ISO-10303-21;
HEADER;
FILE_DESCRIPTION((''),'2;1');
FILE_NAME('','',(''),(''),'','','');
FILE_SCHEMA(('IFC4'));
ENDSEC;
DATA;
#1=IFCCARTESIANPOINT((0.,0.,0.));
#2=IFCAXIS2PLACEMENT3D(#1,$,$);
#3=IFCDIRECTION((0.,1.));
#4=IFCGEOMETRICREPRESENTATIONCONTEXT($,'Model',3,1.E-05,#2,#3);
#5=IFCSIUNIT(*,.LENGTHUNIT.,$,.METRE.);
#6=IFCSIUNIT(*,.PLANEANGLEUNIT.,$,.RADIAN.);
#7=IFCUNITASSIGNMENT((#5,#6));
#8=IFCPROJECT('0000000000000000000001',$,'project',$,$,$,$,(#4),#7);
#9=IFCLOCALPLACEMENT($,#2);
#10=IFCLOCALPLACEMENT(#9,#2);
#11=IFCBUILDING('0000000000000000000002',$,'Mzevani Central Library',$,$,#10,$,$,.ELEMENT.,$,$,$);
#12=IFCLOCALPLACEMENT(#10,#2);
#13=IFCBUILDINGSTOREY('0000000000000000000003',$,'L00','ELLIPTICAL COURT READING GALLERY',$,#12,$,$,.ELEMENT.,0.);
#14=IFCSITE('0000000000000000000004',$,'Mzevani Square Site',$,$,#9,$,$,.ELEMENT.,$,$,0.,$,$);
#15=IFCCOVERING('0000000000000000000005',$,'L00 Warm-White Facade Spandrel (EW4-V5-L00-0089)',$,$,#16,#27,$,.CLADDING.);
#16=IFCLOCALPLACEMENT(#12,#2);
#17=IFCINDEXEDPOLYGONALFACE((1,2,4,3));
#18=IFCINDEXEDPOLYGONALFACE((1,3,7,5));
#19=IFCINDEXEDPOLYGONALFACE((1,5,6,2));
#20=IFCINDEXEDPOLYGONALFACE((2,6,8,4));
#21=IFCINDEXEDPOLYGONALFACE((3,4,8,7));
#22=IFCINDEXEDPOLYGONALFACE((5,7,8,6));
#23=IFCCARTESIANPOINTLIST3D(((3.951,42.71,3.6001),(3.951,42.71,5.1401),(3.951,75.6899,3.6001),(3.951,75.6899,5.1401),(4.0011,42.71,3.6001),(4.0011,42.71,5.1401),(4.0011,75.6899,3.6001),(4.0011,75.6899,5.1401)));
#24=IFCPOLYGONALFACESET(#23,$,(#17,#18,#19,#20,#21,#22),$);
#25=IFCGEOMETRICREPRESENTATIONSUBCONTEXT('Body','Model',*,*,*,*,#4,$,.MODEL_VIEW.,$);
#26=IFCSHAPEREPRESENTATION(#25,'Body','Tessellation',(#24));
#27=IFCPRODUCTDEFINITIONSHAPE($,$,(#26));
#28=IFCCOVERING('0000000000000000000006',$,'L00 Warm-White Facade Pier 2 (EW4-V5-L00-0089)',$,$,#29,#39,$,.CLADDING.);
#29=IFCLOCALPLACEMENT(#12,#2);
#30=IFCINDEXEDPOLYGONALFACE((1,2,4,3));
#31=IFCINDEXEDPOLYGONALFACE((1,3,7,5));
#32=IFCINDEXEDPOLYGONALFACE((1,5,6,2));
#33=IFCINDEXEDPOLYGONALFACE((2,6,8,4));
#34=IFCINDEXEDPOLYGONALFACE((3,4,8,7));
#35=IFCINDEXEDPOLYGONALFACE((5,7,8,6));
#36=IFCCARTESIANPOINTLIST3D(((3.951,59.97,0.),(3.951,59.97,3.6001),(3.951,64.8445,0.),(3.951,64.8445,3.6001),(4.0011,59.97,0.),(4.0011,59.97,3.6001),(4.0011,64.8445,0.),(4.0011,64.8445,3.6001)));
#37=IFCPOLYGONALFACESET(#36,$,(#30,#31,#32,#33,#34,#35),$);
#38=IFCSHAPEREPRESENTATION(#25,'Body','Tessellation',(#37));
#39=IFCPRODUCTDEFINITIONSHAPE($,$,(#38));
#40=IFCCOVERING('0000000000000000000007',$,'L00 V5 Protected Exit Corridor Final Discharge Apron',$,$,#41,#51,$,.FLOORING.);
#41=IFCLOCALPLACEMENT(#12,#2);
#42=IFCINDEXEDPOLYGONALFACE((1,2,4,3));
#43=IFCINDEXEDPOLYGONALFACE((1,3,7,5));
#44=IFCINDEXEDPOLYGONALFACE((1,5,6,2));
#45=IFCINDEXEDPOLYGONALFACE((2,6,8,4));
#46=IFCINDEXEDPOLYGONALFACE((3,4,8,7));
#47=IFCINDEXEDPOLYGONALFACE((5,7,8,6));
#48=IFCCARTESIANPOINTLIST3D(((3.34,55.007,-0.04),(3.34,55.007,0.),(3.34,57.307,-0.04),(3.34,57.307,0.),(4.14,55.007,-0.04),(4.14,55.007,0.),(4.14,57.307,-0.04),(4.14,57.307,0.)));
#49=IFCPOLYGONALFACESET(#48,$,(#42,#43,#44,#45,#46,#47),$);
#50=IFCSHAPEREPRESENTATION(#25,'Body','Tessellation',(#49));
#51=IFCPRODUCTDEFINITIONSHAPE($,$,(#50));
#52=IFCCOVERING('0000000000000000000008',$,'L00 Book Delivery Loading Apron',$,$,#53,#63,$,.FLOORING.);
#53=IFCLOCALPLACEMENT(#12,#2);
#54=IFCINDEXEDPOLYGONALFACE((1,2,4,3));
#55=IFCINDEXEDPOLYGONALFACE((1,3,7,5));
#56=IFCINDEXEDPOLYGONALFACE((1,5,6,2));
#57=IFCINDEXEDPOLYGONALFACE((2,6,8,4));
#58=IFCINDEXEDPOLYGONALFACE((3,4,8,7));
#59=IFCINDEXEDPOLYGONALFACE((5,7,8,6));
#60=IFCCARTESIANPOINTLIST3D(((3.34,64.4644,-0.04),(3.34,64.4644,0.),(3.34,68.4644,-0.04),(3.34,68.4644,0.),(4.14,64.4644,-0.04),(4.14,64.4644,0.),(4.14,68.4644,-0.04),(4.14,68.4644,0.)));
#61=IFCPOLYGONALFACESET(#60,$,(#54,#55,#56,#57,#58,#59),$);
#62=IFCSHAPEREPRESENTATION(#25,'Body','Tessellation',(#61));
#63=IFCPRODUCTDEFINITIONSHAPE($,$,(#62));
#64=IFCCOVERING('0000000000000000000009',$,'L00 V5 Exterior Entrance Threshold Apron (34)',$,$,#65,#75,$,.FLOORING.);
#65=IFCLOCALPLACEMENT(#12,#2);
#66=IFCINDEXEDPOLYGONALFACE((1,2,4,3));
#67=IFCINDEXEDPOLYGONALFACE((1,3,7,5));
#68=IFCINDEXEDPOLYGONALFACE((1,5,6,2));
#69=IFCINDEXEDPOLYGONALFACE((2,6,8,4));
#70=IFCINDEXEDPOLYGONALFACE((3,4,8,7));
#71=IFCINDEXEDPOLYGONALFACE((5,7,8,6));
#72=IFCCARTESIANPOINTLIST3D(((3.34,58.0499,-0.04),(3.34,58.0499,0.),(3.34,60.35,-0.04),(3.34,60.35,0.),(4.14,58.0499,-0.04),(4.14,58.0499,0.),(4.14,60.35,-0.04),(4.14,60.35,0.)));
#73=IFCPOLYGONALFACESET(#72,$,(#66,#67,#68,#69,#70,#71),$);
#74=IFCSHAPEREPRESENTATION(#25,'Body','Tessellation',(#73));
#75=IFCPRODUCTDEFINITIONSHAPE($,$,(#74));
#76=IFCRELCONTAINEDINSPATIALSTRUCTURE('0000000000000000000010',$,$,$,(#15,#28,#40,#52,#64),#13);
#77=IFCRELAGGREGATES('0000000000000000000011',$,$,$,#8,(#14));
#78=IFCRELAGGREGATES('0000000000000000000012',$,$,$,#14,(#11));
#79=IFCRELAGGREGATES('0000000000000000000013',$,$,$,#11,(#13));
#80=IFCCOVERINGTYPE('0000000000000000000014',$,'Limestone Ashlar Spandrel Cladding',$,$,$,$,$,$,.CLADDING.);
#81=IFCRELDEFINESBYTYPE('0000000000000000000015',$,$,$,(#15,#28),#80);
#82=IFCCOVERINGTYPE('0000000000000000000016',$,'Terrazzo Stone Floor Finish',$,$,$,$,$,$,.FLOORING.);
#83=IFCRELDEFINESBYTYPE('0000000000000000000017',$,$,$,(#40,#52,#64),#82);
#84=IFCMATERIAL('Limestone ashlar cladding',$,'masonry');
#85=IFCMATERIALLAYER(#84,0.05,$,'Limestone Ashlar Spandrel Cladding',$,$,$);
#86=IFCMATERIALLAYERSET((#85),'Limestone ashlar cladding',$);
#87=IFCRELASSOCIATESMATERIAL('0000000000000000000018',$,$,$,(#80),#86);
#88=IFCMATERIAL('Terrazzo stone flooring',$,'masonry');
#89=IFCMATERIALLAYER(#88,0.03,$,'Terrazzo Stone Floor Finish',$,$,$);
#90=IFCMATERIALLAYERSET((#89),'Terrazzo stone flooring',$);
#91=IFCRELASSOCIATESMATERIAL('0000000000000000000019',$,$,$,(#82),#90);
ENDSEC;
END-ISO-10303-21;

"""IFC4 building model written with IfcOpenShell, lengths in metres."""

from ifc_helpers import new_model, si_unit, direction, frame, origin, origin_2d, place, context, subcontext, project, spatial, rectangle, extrude, material, layer, layer_set, type_object, element, save


model = new_model("IFC4")

# Units and contexts
model_context = context("Model", 3, precision=1e-05, world=origin(), true_north=direction((0.0, 1.0)))
body_context = subcontext(model_context, "Body", "Model", "MODEL_VIEW")
ifc_project = project(units=[si_unit("LENGTHUNIT", "METRE"), si_unit("PLANEANGLEUNIT", "RADIAN")], contexts=[model_context])

# Site, building, storey
site_placement = place(None, origin())
site = spatial("IfcSite", under=ifc_project, at=site_placement, Name="Mzevani Square Site", CompositionType="ELEMENT", RefElevation=0.0)
building_placement = place(site_placement, origin())
building = spatial("IfcBuilding", under=site, at=building_placement, Name="Mzevani Central Library", CompositionType="ELEMENT")
storey_placement = place(building_placement, origin())
storey = spatial("IfcBuildingStorey", under=building, at=storey_placement, Name="L00", Description="ELLIPTICAL COURT READING GALLERY", CompositionType="ELEMENT", Elevation=0.0)

# Coverings
ifc_material_1 = material(Name="Limestone ashlar cladding", Category="masonry")
ifc_layer_1 = layer(ifc_material_1, 0.05, Name="Limestone Ashlar Spandrel Cladding")
ifc_layer_set_1 = layer_set([ifc_layer_1], Name="Limestone ashlar cladding")
covering_type_1 = type_object("IfcCoveringType", Name="Limestone Ashlar Spandrel Cladding", PredefinedType="CLADDING", material=ifc_layer_set_1)
covering_1_placement = place(storey_placement, frame((3.9761, 59.2, 3.6001), z_axis=(0.0, 0.0, 1.0), x_axis=(0.0, 1.0, 0.0)))
element("IfcCovering", 1, at=covering_1_placement, inside=storey, type_object=covering_type_1, Name="L00 Warm-White Facade Spandrel (EW4-V5-L00-0089)", PredefinedType="CLADDING", context=body_context, shape_type="SweptSolid", body=[
    extrude(rectangle(XDim=32.98, YDim=0.05, at=origin_2d()), origin(), (0.0, 0.0, 1.0), 1.54),
])
covering_2_placement = place(storey_placement, frame((3.9761, 62.4072, 0.0), z_axis=(0.0, 0.0, 1.0), x_axis=(0.0, 1.0, 0.0)))
element("IfcCovering", 2, at=covering_2_placement, inside=storey, type_object=covering_type_1, Name="L00 Warm-White Facade Pier 2 (EW4-V5-L00-0089)", PredefinedType="CLADDING", context=body_context, shape_type="SweptSolid", body=[
    extrude(rectangle(XDim=4.8745, YDim=0.05, at=origin_2d()), origin(), (0.0, 0.0, 1.0), 3.6001),
])
ifc_material_2 = material(Name="Terrazzo stone flooring", Category="masonry")
ifc_layer_2 = layer(ifc_material_2, 0.03, Name="Terrazzo Stone Floor Finish")
ifc_layer_set_2 = layer_set([ifc_layer_2], Name="Terrazzo stone flooring")
covering_type_2 = type_object("IfcCoveringType", Name="Terrazzo Stone Floor Finish", PredefinedType="FLOORING", material=ifc_layer_set_2)
covering_3_placement = place(storey_placement, frame((3.74, 56.157, -0.04), z_axis=(0.0, 0.0, 1.0), x_axis=(0.0, 1.0, 0.0)))
element("IfcCovering", 3, at=covering_3_placement, inside=storey, type_object=covering_type_2, Name="L00 V5 Protected Exit Corridor Final Discharge Apron", PredefinedType="FLOORING", context=body_context, shape_type="SweptSolid", body=[
    extrude(rectangle(XDim=2.3, YDim=0.8, at=origin_2d()), origin(), (0.0, 0.0, 1.0), 0.04),
])
covering_4_placement = place(storey_placement, frame((3.74, 66.4644, -0.04), z_axis=(0.0, 0.0, 1.0), x_axis=(0.0, 1.0, 0.0)))
element("IfcCovering", 4, at=covering_4_placement, inside=storey, type_object=covering_type_2, Name="L00 Book Delivery Loading Apron", PredefinedType="FLOORING", context=body_context, shape_type="SweptSolid", body=[
    extrude(rectangle(XDim=4.0, YDim=0.8, at=origin_2d()), origin(), (0.0, 0.0, 1.0), 0.04),
])
covering_5_placement = place(storey_placement, frame((3.74, 59.2, -0.04), z_axis=(0.0, 0.0, 1.0), x_axis=(0.0, 1.0, 0.0)))
element("IfcCovering", 5, at=covering_5_placement, inside=storey, type_object=covering_type_2, Name="L00 V5 Exterior Entrance Threshold Apron (34)", PredefinedType="FLOORING", context=body_context, shape_type="SweptSolid", body=[
    extrude(rectangle(XDim=2.3, YDim=0.8, at=origin_2d()), origin(), (0.0, 0.0, 1.0), 0.04),
])

save(model, "model.ifc")
